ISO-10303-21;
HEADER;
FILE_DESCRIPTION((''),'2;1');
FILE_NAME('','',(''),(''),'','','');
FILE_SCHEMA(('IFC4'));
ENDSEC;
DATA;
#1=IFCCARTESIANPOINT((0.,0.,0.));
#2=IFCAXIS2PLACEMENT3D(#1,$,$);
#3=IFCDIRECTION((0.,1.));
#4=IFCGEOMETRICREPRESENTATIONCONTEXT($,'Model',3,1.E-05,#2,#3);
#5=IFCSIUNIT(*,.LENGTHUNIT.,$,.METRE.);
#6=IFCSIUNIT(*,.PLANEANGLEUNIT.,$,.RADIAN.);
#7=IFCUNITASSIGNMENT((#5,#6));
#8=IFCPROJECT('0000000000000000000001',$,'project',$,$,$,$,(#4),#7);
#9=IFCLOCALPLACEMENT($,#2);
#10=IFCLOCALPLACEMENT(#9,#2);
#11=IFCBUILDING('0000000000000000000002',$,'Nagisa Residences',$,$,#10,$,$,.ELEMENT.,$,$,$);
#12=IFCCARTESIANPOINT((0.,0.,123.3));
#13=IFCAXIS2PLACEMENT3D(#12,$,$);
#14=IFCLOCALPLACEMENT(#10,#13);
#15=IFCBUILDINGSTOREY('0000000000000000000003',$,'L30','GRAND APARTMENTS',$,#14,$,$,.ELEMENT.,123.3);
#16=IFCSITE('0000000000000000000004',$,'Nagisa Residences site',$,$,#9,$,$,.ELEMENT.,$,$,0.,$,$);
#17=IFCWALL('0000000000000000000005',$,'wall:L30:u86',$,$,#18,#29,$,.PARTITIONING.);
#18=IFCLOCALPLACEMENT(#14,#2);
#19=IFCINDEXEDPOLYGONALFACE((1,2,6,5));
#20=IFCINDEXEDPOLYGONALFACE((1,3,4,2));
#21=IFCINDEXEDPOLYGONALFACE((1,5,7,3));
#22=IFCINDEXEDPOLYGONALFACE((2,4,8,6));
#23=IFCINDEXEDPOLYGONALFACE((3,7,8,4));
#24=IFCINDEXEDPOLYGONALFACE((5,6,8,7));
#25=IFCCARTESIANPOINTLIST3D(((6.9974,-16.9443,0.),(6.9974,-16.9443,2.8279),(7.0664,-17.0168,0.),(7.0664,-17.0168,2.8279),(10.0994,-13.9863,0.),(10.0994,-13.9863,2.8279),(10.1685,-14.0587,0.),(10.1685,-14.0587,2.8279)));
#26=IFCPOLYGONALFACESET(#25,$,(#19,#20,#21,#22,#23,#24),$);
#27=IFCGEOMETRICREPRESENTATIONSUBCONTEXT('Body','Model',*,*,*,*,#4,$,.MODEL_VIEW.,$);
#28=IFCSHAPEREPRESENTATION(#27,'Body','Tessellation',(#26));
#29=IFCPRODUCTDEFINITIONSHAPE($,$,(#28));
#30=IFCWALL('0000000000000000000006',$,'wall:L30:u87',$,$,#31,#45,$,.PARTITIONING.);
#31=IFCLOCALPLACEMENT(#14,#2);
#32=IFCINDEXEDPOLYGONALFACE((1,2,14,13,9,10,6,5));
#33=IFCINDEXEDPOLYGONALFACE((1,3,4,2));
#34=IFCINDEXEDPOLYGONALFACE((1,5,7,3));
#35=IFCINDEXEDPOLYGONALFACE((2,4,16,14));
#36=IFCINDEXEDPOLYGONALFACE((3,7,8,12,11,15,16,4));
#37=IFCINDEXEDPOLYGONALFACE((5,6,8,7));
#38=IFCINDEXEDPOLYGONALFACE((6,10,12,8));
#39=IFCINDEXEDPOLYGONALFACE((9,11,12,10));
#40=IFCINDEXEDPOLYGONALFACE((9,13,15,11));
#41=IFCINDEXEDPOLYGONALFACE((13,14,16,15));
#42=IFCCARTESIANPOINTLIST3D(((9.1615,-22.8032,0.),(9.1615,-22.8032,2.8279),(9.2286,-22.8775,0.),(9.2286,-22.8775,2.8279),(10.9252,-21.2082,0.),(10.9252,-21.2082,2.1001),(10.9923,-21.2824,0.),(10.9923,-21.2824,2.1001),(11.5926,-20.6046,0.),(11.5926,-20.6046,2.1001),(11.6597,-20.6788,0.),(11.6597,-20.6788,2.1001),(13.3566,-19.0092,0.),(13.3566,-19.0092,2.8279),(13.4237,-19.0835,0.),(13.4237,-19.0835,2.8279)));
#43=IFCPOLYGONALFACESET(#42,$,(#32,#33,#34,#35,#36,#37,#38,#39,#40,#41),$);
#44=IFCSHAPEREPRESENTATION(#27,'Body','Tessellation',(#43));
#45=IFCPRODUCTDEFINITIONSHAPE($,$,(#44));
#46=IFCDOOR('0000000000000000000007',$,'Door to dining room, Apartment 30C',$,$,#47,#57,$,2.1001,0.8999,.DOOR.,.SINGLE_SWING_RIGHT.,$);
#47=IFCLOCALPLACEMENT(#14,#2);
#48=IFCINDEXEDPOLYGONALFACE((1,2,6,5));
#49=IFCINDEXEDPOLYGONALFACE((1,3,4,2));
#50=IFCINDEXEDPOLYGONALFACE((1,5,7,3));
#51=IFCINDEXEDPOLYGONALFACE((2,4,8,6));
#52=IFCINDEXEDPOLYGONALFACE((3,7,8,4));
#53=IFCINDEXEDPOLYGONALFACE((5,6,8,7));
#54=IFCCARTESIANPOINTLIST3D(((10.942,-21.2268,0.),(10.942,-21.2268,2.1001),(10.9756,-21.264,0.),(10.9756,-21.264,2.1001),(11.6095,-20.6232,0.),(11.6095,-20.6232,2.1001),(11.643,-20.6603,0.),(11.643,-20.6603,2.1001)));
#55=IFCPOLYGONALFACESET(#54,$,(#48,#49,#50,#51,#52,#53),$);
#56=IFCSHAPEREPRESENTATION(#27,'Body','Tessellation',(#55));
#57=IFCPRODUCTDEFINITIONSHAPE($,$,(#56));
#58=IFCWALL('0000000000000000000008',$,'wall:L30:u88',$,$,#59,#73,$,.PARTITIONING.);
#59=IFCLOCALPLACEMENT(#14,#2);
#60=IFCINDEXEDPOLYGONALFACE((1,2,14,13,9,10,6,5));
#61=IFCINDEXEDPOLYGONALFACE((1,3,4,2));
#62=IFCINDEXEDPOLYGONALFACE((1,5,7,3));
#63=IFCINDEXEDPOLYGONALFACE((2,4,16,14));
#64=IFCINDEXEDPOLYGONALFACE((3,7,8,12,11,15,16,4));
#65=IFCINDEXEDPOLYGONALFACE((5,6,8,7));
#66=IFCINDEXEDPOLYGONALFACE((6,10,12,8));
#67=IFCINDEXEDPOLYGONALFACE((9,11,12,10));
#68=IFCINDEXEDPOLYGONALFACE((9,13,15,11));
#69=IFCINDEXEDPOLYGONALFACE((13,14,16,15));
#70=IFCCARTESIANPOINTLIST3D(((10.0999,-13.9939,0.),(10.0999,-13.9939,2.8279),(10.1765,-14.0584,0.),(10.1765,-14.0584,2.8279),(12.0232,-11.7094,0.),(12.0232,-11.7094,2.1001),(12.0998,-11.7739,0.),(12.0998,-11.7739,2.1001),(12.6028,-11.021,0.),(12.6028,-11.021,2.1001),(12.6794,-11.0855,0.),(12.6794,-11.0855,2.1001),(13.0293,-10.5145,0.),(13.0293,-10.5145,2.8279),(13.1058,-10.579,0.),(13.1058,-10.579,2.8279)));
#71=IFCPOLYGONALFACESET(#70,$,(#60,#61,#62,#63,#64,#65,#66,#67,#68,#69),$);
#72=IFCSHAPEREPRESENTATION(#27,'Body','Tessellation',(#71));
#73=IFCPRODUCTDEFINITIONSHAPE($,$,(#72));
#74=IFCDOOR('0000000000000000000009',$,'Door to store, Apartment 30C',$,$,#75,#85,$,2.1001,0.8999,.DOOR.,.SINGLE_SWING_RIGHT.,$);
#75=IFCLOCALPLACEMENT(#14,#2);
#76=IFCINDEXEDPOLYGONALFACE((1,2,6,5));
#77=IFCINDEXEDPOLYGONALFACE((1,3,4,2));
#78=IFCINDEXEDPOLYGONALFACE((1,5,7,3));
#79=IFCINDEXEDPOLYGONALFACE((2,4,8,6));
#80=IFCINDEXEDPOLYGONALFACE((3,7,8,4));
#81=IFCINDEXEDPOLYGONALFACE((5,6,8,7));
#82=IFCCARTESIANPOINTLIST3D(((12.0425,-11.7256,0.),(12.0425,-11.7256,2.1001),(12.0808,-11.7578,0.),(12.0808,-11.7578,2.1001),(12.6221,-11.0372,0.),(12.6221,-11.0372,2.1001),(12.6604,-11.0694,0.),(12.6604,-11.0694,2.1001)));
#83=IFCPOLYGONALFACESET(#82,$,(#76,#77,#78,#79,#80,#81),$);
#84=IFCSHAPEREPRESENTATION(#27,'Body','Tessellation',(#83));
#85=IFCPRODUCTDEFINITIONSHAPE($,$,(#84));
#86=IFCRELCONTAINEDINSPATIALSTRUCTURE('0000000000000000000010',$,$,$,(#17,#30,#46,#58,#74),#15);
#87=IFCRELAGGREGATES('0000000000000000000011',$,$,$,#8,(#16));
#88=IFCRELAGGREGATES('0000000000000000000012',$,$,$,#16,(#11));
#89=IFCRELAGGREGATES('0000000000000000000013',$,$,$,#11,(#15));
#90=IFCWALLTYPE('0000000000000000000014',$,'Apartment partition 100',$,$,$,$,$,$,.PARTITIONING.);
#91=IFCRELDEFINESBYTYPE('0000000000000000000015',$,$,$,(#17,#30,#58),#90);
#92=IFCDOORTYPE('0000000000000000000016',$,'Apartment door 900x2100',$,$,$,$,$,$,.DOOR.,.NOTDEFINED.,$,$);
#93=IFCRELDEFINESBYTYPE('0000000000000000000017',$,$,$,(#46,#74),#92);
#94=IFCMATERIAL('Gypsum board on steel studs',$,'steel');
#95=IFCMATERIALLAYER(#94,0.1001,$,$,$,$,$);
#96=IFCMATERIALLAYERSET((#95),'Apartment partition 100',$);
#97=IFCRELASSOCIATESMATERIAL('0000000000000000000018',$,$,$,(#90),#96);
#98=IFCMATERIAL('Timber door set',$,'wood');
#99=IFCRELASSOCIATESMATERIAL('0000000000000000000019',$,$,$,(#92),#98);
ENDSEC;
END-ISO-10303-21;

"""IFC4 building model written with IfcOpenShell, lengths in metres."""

from ifc_helpers import new_model, si_unit, direction, frame, frame_2d, origin, place, context, subcontext, project, spatial, rectangle, extrude, material, layer, layer_set, type_object, element, fill, save


model = new_model("IFC4")

# Units and contexts
model_context = context("Model", 3, precision=1e-05, world=origin(), true_north=direction((0.0, 1.0)))
body_context = subcontext(model_context, "Body", "Model", "MODEL_VIEW")
ifc_project = project(units=[si_unit("LENGTHUNIT", "METRE"), si_unit("PLANEANGLEUNIT", "RADIAN")], contexts=[model_context])

# Site, building, storey
site_placement = place(None, origin())
site = spatial("IfcSite", under=ifc_project, at=site_placement, Name="Nagisa Residences site", CompositionType="ELEMENT", RefElevation=0.0)
building_placement = place(site_placement, origin())
building = spatial("IfcBuilding", under=site, at=building_placement, Name="Nagisa Residences", CompositionType="ELEMENT")
storey_placement = place(building_placement, frame((0.0, 0.0, 123.3)))
storey = spatial("IfcBuildingStorey", under=building, at=storey_placement, Name="L30", Description="GRAND APARTMENTS", CompositionType="ELEMENT", Elevation=123.3)

# Shared definitions
ifc_material_1 = material(Name="Gypsum board on steel studs", Category="steel")
ifc_layer_1 = layer(ifc_material_1, 0.1001)
ifc_layer_set_1 = layer_set([ifc_layer_1], Name="Apartment partition 100")
wall_type_1 = type_object("IfcWallType", Name="Apartment partition 100", PredefinedType="PARTITIONING", material=ifc_layer_set_1)
ifc_material_2 = material(Name="Timber door set", Category="wood")
door_type_1 = type_object("IfcDoorType", Name="Apartment door 900x2100", OperationType="NOTDEFINED", PredefinedType="DOOR", material=ifc_material_2)

# Wall
wall_1_placement = place(storey_placement, frame((7.032, -16.9805, 0.0), z_axis=(0.0, 0.0, 1.0), x_axis=(0.72371, 0.690104, 0.0)))
element("IfcWall", 1, at=wall_1_placement, inside=storey, type_object=wall_type_1, Name="wall:L30:u86", PredefinedType="PARTITIONING", context=body_context, shape_type="SweptSolid", body=[
    extrude(rectangle(XDim=4.2864, YDim=0.1001, at=frame_2d((2.1431, 0.0))), origin(), (0.0, 0.0, 1.0), 2.8279),
])

# Walls, openings, doors
wall_2_placement = place(storey_placement, frame((9.1951, -22.8403, 0.0), z_axis=(0.0, 0.0, 1.0), x_axis=(0.741676, 0.670758, 0.0)))
wall_2 = element("IfcWall", 2, at=wall_2_placement, inside=storey, type_object=wall_type_1, Name="wall:L30:u87", PredefinedType="PARTITIONING", context=body_context, shape_type="SweptSolid", body=[
    extrude(rectangle(XDim=5.6562, YDim=0.1001, at=frame_2d((2.8281, 0.0))), origin(), (0.0, 0.0, 1.0), 2.8279),
])
opening_1_placement = place(wall_2_placement, frame((2.3779, 0.0, 0.0)))
opening_1 = element("IfcOpeningElement", 3, at=opening_1_placement, cuts=wall_2, PredefinedType="OPENING", context=body_context, shape_type="SweptSolid", body=[
    extrude(rectangle(XDim=0.8999, YDim=2.1001, at=frame_2d((0.45, 1.05))), frame((0.0, 0.0601, 0.0), z_axis=(0.0, -1.0, 0.0), x_axis=(1.0, 0.0, 0.0)), (0.0, 0.0, 1.0), 0.1201),
])
door_1_placement = place(opening_1_placement, origin())
door_1 = element("IfcDoor", 4, at=door_1_placement, inside=storey, type_object=door_type_1, Name="Door to dining room, Apartment 30C", OperationType="SINGLE_SWING_RIGHT", OverallHeight=2.1001, OverallWidth=0.8999, PredefinedType="DOOR", context=body_context, shape_type="SweptSolid", body=[
    extrude(rectangle(XDim=0.8999, YDim=2.1001, at=frame_2d((0.45, 1.05))), frame((0.0, 0.0249, 0.0), z_axis=(0.0, -1.0, 0.0), x_axis=(1.0, 0.0, 0.0)), (0.0, 0.0, 1.0), 0.05),
])
fill(opening_1, door_1)
wall_3_placement = place(storey_placement, frame((10.1382, -14.0261, 0.0), z_axis=(0.0, 0.0, 1.0), x_axis=(0.644051, 0.764982, 0.0)))
wall_3 = element("IfcWall", 5, at=wall_3_placement, inside=storey, type_object=wall_type_1, Name="wall:L30:u88", PredefinedType="PARTITIONING", context=body_context, shape_type="SweptSolid", body=[
    extrude(rectangle(XDim=4.5483, YDim=0.1001, at=frame_2d((2.2742, 0.0))), origin(), (0.0, 0.0, 1.0), 2.8279),
])
opening_2_placement = place(wall_3_placement, frame((2.9863, 0.0, 0.0)))
opening_2 = element("IfcOpeningElement", 6, at=opening_2_placement, cuts=wall_3, PredefinedType="OPENING", context=body_context, shape_type="SweptSolid", body=[
    extrude(rectangle(XDim=0.8999, YDim=2.1001, at=frame_2d((0.45, 1.05))), frame((0.0, 0.0601, 0.0), z_axis=(0.0, -1.0, 0.0), x_axis=(1.0, 0.0, 0.0)), (0.0, 0.0, 1.0), 0.1201),
])
door_2_placement = place(opening_2_placement, origin())
door_2 = element("IfcDoor", 7, at=door_2_placement, inside=storey, type_object=door_type_1, Name="Door to store, Apartment 30C", OperationType="SINGLE_SWING_RIGHT", OverallHeight=2.1001, OverallWidth=0.8999, PredefinedType="DOOR", context=body_context, shape_type="SweptSolid", body=[
    extrude(rectangle(XDim=0.8999, YDim=2.1001, at=frame_2d((0.45, 1.05))), frame((0.0, 0.0249, 0.0), z_axis=(0.0, -1.0, 0.0), x_axis=(1.0, 0.0, 0.0)), (0.0, 0.0, 1.0), 0.05),
])
fill(opening_2, door_2)

save(model, "model.ifc")
